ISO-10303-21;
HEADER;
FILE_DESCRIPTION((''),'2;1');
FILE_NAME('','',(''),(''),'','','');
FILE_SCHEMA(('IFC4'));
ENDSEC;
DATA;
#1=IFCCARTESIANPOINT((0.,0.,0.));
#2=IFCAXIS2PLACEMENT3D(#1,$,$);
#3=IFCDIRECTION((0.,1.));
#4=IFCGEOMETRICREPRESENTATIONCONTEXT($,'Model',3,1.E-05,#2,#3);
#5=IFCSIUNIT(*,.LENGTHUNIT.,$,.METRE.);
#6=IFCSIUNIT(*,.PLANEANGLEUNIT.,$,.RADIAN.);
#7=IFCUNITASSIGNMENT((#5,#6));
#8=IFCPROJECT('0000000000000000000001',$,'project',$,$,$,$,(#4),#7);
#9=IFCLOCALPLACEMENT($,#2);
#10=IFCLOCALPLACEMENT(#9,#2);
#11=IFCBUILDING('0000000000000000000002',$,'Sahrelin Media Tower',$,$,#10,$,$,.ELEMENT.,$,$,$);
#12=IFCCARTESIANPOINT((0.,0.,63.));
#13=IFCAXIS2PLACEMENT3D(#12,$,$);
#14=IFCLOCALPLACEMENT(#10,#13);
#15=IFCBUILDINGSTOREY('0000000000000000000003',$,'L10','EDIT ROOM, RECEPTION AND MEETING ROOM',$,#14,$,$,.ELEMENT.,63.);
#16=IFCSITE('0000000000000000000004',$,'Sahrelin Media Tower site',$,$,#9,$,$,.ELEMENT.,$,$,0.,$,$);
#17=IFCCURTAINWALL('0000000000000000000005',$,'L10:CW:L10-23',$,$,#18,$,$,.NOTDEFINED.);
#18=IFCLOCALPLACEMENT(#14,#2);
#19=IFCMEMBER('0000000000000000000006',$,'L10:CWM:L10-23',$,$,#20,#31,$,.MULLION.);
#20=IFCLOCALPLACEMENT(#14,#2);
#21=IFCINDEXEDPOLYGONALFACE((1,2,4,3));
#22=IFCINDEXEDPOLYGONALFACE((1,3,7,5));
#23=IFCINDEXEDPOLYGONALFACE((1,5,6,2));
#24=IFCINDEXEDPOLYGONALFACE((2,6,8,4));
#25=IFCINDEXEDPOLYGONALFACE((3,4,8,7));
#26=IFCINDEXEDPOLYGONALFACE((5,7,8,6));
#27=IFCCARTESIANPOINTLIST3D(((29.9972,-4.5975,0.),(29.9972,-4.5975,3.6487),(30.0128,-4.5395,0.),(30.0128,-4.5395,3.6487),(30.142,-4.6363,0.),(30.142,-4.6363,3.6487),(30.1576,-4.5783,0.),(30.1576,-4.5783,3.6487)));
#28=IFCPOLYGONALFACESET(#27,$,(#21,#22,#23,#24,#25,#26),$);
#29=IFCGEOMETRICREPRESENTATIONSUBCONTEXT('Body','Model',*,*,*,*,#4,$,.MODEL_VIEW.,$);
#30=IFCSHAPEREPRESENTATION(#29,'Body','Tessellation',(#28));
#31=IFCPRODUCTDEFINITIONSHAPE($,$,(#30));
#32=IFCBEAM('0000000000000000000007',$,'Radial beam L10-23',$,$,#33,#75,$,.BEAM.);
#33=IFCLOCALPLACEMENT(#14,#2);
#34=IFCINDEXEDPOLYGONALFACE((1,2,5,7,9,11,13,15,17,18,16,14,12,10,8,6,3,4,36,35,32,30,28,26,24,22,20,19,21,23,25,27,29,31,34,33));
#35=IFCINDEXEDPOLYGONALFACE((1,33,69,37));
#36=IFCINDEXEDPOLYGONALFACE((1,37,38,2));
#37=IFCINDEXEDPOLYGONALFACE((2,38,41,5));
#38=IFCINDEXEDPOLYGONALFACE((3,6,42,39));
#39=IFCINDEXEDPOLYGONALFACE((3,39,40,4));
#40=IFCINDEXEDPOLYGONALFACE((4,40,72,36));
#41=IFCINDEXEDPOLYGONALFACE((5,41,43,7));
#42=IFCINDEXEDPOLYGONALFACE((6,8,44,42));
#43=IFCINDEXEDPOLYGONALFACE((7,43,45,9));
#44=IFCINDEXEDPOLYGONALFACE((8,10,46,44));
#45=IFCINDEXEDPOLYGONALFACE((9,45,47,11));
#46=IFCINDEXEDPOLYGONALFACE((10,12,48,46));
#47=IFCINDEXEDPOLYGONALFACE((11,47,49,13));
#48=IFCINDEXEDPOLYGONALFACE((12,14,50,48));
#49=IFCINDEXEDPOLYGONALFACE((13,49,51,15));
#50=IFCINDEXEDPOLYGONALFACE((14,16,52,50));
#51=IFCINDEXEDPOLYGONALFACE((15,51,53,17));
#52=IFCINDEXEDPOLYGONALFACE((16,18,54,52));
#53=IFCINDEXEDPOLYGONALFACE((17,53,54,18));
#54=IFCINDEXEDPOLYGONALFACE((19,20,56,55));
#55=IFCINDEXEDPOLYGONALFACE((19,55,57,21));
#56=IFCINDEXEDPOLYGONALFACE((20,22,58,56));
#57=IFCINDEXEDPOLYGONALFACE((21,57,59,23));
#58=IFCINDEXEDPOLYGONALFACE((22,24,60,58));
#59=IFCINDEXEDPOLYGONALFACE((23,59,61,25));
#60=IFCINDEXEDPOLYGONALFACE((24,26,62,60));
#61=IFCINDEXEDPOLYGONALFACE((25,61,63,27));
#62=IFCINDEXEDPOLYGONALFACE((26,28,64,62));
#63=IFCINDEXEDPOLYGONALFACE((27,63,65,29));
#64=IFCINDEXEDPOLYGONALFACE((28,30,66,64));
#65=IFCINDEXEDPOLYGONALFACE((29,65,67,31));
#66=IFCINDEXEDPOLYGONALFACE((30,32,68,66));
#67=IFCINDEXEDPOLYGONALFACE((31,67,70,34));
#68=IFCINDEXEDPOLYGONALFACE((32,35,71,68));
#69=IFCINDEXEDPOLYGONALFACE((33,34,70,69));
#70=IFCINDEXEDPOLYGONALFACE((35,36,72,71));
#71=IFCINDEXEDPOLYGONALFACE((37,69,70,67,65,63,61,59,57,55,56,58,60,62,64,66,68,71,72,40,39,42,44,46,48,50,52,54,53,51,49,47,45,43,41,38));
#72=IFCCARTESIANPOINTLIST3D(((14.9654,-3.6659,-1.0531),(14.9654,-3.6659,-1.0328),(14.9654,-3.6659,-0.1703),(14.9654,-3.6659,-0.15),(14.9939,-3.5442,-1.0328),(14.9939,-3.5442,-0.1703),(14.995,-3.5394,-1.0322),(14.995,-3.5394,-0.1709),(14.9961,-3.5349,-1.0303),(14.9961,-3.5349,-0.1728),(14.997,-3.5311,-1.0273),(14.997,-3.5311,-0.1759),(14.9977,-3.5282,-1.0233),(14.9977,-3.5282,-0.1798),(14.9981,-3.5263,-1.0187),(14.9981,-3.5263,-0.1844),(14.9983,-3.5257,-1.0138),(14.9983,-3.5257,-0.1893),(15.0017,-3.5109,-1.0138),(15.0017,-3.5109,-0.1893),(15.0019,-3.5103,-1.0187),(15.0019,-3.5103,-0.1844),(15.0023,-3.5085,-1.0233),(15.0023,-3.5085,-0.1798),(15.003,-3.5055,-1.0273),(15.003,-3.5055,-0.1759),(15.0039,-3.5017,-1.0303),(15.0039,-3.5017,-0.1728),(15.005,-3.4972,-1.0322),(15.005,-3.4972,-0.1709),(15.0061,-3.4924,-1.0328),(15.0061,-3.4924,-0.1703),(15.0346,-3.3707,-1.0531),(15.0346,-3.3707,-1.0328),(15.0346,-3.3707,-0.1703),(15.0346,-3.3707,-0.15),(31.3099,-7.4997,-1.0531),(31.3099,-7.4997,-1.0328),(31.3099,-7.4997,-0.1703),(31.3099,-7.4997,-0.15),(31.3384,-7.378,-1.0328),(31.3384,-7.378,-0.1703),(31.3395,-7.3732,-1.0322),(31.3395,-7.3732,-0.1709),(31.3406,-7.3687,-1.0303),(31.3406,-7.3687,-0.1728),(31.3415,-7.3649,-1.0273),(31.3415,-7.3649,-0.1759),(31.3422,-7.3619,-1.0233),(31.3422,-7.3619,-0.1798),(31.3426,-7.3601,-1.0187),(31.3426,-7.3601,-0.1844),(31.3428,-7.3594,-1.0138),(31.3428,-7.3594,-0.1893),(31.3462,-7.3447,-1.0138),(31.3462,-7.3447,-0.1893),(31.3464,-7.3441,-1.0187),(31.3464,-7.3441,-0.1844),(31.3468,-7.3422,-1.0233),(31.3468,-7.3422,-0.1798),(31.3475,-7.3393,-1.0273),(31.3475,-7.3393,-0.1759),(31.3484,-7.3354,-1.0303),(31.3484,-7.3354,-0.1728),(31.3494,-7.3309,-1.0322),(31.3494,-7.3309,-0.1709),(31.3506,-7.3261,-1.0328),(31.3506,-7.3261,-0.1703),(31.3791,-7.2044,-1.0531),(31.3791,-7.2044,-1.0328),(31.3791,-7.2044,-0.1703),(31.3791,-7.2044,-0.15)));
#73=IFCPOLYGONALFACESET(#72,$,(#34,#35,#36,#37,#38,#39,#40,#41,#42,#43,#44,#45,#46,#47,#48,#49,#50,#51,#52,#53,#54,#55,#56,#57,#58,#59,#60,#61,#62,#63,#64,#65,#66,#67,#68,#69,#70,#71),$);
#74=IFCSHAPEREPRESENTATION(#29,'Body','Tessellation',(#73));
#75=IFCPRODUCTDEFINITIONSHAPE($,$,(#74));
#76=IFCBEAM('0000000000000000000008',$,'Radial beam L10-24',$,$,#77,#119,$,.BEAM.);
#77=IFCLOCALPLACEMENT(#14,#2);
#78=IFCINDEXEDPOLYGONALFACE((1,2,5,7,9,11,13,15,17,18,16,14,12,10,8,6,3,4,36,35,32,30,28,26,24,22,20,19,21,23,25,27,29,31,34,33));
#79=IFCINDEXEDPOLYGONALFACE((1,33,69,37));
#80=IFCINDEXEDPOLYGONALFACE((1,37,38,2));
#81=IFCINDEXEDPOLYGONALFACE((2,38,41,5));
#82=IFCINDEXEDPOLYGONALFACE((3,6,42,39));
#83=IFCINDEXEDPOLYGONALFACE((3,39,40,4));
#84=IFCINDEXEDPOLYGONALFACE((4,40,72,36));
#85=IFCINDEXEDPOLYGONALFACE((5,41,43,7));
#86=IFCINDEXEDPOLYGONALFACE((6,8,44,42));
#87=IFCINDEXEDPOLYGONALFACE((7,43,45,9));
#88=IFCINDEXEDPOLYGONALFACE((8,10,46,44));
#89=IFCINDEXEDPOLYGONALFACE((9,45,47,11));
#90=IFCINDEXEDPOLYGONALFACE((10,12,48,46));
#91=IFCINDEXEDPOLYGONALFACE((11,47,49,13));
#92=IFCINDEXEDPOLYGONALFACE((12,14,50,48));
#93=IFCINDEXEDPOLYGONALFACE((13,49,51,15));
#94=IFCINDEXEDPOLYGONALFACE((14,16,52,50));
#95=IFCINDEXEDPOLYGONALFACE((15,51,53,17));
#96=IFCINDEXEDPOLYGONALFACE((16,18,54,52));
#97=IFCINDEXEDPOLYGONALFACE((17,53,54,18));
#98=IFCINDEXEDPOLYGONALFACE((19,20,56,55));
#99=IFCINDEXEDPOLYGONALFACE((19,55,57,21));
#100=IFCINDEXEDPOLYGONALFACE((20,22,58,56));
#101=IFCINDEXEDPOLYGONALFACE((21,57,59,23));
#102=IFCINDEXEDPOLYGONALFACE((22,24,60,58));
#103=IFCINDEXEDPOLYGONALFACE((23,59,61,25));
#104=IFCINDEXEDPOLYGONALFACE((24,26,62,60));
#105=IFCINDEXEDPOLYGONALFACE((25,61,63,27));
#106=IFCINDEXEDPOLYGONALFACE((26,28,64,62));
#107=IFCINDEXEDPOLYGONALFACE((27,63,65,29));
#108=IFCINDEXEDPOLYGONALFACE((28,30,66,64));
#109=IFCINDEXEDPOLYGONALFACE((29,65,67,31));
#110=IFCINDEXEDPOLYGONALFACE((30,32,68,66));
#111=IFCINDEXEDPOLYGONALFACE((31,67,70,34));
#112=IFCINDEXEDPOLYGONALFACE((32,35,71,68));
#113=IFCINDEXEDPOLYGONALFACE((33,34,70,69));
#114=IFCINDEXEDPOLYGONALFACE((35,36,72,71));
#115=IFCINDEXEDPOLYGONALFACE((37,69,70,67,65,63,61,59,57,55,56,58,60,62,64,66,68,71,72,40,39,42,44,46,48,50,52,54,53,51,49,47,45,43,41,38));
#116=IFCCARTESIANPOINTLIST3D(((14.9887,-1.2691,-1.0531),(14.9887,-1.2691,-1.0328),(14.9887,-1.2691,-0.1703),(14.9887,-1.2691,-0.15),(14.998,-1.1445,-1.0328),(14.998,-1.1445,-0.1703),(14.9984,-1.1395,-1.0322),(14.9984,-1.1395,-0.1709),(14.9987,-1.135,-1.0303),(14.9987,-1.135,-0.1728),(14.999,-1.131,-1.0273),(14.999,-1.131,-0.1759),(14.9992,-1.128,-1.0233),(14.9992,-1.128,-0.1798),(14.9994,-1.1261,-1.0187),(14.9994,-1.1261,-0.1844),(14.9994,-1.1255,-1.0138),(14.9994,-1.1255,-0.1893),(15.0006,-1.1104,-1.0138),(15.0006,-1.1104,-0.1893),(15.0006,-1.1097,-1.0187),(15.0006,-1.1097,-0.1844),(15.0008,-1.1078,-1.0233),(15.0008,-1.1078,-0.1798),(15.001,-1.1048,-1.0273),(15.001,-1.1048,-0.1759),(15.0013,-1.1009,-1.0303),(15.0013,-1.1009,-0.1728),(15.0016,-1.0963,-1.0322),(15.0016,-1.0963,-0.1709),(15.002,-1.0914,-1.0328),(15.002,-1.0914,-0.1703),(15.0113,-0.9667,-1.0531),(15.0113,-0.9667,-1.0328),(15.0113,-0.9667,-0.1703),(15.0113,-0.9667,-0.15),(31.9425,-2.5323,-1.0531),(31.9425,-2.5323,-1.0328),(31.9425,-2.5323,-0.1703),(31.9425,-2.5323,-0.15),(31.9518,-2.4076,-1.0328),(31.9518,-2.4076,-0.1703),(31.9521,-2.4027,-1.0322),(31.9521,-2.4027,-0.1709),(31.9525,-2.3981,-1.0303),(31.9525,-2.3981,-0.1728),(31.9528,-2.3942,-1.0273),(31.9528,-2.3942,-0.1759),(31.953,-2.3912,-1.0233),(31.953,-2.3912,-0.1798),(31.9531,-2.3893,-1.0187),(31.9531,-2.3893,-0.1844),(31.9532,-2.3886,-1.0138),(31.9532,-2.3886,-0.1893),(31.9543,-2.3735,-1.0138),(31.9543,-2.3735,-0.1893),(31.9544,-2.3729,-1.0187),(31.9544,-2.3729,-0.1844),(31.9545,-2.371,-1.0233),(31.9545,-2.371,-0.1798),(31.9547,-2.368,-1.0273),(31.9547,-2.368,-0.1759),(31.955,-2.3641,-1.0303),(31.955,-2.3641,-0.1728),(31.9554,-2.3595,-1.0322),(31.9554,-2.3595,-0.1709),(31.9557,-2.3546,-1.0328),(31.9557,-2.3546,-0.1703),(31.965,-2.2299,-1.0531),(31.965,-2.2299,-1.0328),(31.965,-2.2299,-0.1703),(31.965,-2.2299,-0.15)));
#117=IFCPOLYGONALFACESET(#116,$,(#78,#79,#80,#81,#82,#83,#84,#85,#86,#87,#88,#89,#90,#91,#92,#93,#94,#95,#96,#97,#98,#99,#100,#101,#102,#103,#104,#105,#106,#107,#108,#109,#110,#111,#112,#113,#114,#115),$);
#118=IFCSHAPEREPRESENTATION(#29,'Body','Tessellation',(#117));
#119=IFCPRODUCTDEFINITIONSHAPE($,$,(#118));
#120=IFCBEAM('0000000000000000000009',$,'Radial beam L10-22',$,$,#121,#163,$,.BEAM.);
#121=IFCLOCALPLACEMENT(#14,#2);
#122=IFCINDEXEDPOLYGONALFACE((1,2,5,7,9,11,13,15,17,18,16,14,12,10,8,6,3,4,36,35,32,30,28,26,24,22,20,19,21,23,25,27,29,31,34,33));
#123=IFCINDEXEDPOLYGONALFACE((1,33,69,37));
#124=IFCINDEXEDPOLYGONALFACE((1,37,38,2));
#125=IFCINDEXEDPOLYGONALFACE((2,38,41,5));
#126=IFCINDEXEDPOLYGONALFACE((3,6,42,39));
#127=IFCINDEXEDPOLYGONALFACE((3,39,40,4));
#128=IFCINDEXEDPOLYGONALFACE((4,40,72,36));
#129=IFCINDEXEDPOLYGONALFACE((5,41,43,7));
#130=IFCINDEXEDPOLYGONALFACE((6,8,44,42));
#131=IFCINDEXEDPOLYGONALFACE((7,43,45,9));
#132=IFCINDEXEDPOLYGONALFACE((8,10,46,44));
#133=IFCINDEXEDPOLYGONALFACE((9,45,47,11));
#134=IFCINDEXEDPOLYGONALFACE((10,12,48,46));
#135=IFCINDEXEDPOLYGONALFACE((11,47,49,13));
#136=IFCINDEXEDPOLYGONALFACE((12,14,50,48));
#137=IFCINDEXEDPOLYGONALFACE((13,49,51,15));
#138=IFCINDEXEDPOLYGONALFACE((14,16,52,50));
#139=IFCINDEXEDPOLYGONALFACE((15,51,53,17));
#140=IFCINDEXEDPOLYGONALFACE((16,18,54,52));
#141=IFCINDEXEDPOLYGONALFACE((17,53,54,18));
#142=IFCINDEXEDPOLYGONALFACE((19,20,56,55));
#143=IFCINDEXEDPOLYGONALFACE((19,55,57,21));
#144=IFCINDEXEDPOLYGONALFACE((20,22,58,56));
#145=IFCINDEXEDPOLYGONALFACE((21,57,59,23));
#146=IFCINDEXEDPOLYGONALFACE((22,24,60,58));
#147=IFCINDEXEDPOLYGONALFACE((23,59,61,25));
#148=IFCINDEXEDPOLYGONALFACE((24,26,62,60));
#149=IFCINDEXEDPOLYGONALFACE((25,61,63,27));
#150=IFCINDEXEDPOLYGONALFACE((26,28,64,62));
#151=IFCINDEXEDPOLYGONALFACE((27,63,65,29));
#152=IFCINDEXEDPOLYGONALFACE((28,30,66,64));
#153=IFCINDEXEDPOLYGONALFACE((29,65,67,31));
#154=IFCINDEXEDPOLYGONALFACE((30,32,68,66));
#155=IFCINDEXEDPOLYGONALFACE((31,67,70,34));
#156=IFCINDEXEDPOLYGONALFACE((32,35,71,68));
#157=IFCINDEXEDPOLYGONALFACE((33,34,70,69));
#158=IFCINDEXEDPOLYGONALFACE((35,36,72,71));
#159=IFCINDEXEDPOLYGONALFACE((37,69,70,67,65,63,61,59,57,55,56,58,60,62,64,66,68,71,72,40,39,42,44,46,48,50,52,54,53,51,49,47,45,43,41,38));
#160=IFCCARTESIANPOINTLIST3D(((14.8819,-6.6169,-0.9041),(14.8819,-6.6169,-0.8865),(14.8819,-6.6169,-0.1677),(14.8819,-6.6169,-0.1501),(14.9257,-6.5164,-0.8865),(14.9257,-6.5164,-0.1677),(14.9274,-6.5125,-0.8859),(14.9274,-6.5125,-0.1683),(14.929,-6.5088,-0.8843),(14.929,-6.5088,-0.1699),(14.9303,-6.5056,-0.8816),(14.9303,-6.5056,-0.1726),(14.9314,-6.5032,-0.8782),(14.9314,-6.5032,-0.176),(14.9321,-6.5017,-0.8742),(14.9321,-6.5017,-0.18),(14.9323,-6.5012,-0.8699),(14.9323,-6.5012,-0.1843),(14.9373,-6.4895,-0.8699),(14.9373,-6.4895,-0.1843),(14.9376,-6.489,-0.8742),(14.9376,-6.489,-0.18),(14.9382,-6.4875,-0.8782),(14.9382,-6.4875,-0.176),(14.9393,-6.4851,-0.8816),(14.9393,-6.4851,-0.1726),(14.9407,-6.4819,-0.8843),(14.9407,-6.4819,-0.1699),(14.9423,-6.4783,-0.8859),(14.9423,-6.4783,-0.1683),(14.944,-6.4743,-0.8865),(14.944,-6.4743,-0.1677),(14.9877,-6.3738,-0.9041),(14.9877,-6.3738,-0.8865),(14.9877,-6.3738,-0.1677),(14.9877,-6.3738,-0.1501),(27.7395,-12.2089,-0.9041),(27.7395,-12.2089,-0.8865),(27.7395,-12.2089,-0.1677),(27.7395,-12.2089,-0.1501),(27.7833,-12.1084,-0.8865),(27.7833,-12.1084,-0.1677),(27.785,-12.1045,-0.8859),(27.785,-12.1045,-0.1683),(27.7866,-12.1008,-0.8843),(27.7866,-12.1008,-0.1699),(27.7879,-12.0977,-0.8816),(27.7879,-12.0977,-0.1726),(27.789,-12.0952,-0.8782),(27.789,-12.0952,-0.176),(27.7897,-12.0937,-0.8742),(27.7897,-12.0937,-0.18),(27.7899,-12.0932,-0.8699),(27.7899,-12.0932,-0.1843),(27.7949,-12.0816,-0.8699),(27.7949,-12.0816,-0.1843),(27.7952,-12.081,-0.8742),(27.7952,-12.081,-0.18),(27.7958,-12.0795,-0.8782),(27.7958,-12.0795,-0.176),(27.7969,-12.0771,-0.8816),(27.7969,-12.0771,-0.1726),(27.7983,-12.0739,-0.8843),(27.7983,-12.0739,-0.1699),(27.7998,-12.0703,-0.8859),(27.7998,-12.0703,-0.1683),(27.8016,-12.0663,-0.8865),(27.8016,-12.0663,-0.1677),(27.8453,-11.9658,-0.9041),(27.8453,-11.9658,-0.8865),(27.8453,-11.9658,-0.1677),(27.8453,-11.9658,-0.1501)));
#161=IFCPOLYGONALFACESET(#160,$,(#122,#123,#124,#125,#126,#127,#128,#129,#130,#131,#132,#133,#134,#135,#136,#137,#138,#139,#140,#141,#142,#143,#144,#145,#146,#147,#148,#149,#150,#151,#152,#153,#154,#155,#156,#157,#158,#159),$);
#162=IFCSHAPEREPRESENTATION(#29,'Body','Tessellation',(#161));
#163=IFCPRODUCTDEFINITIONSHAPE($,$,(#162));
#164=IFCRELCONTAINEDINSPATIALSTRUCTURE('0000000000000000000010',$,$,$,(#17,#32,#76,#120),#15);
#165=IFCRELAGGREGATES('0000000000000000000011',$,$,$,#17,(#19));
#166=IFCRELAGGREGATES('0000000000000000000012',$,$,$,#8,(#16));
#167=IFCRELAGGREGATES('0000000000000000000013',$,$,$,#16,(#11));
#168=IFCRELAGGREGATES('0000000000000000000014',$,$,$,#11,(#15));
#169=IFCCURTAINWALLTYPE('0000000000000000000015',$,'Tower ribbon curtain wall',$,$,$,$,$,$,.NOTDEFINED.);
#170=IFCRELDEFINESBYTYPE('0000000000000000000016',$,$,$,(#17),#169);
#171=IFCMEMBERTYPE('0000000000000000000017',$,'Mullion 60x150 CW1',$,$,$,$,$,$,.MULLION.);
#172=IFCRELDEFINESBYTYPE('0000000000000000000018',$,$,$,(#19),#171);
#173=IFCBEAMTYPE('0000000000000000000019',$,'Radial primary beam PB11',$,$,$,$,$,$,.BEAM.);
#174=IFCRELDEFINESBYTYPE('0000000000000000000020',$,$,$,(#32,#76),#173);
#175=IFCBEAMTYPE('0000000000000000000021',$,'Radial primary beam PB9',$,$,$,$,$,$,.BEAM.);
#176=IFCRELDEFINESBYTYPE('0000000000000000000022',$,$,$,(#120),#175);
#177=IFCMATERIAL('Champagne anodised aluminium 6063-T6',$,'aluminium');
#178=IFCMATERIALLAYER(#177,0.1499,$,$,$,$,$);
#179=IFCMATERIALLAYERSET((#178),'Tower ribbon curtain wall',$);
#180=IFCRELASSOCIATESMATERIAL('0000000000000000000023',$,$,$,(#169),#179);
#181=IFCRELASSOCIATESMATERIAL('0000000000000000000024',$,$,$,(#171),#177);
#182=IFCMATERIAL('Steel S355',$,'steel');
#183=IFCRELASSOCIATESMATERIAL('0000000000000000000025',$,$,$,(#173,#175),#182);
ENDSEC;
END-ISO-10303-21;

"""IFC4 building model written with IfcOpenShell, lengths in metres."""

from ifc_helpers import new_model, si_unit, direction, frame, origin, origin_2d, place, context, subcontext, project, spatial, rectangle, i_section, extrude, material, layer, layer_set, material_profile, profile_set, type_object, element, aggregate, save


model = new_model("IFC4")

# Units and contexts
model_context = context("Model", 3, precision=1e-05, world=origin(), true_north=direction((0.0, 1.0)))
body_context = subcontext(model_context, "Body", "Model", "MODEL_VIEW")
ifc_project = project(units=[si_unit("LENGTHUNIT", "METRE"), si_unit("PLANEANGLEUNIT", "RADIAN")], contexts=[model_context])

# Site, building, storey
site_placement = place(None, origin())
site = spatial("IfcSite", under=ifc_project, at=site_placement, Name="Sahrelin Media Tower site", CompositionType="ELEMENT", RefElevation=0.0)
building_placement = place(site_placement, origin())
building = spatial("IfcBuilding", under=site, at=building_placement, Name="Sahrelin Media Tower", CompositionType="ELEMENT")
storey_placement = place(building_placement, frame((0.0, 0.0, 63.0)))
storey = spatial("IfcBuildingStorey", under=building, at=storey_placement, Name="L10", Description="EDIT ROOM, RECEPTION AND MEETING ROOM", CompositionType="ELEMENT", Elevation=63.0)

# Shared definitions
ifc_material_1 = material(Name="Steel S355", Category="steel")

# Curtain wall, member
ifc_material_2 = material(Name="Champagne anodised aluminium 6063-T6", Category="aluminium")
ifc_layer_1 = layer(ifc_material_2, 0.1499)
ifc_layer_set_1 = layer_set([ifc_layer_1], Name="Tower ribbon curtain wall")
curtain_wall_type = type_object("IfcCurtainWallType", Name="Tower ribbon curtain wall", PredefinedType="NOTDEFINED", material=ifc_layer_set_1)
ifc_material_profile_1 = material_profile(ifc_material_2, rectangle(XDim=0.0601, YDim=0.1499, at=origin_2d()), Name="Mullion 60x150")
ifc_profile_set_1 = profile_set([ifc_material_profile_1], Name="Champagne anodised aluminium 6063-T6")
member_type_1 = type_object("IfcMemberType", Name="Mullion 60x150 CW1", PredefinedType="MULLION", material=ifc_profile_set_1)
curtain_wall_1_placement = place(storey_placement, frame((30.1692, -4.6125, 0.0), z_axis=(0.0, 0.0, 1.0), x_axis=(1.0, 0.0, 0.0)))
curtain_wall_1 = element("IfcCurtainWall", 1, at=curtain_wall_1_placement, inside=storey, type_object=curtain_wall_type, Name="L10:CW:L10-23", PredefinedType="NOTDEFINED")
member_1_placement = place(storey_placement, frame((30.0774, -4.5879, 0.0), z_axis=(0.0, 0.0, 1.0), x_axis=(0.258821, 0.965925, 0.0)))
member_1 = element("IfcMember", 2, at=member_1_placement, type_object=member_type_1, Name="L10:CWM:L10-23", PredefinedType="MULLION", context=body_context, shape_type="SweptSolid", body=[
    extrude(rectangle(XDim=0.0601, YDim=0.1499, at=origin_2d()), origin(), (0.0, 0.0, 1.0), 3.6487),
])

# Beams
ifc_material_profile_2 = material_profile(ifc_material_1, i_section(OverallWidth=0.3032, OverallDepth=0.9031, WebThickness=0.0151, FlangeThickness=0.0203, FilletRadius=0.019, at=origin_2d()), Name="UB 914x305x201")
ifc_profile_set_2 = profile_set([ifc_material_profile_2], Name="Steel S355")
beam_type_1 = type_object("IfcBeamType", Name="Radial primary beam PB11", PredefinedType="BEAM", material=ifc_profile_set_2)
beam_1_placement = place(storey_placement, frame((15.0, -3.5183, -0.6016), z_axis=(0.973577, -0.228361, 0.0), x_axis=(0.228361, 0.973577, 0.0)))
element("IfcBeam", 3, at=beam_1_placement, inside=storey, type_object=beam_type_1, Name="Radial beam L10-23", PredefinedType="BEAM", context=body_context, shape_type="SweptSolid", body=[
    extrude(i_section(OverallWidth=0.3032, OverallDepth=0.9031, WebThickness=0.0151, FlangeThickness=0.0203, FilletRadius=0.019, at=origin_2d()), origin(), (0.0, 0.0, 1.0), 16.7881),
])
beam_2_placement = place(storey_placement, frame((15.0, -1.1179, -0.6016), z_axis=(0.997236, -0.074301, 0.0), x_axis=(0.074301, 0.997236, 0.0)))
element("IfcBeam", 4, at=beam_2_placement, inside=storey, type_object=beam_type_1, Name="Radial beam L10-24", PredefinedType="BEAM", context=body_context, shape_type="SweptSolid", body=[
    extrude(i_section(OverallWidth=0.3032, OverallDepth=0.9031, WebThickness=0.0151, FlangeThickness=0.0203, FilletRadius=0.019, at=origin_2d()), origin(), (0.0, 0.0, 1.0), 17.0007),
])
ifc_material_profile_3 = material_profile(ifc_material_1, i_section(OverallWidth=0.2651, OverallDepth=0.7539, WebThickness=0.0127, FlangeThickness=0.0176, FilletRadius=0.0166, at=origin_2d()), Name="UB 762x267x147")
ifc_profile_set_3 = profile_set([ifc_material_profile_3], Name="Steel S355")
beam_type_2 = type_object("IfcBeamType", Name="Radial primary beam PB9", PredefinedType="BEAM", material=ifc_profile_set_3)
beam_3_placement = place(storey_placement, frame((14.9348, -6.4954, -0.5271), z_axis=(0.917024, -0.398831, 0.0), x_axis=(0.398831, 0.917024, 0.0)))
element("IfcBeam", 5, at=beam_3_placement, inside=storey, type_object=beam_type_2, Name="Radial beam L10-22", PredefinedType="BEAM", context=body_context, shape_type="SweptSolid", body=[
    extrude(i_section(OverallWidth=0.2651, OverallDepth=0.7539, WebThickness=0.0127, FlangeThickness=0.0176, FilletRadius=0.0166, at=origin_2d()), origin(), (0.0, 0.0, 1.0), 14.021),
])

aggregate(curtain_wall_1, [member_1])

save(model, "model.ifc")
